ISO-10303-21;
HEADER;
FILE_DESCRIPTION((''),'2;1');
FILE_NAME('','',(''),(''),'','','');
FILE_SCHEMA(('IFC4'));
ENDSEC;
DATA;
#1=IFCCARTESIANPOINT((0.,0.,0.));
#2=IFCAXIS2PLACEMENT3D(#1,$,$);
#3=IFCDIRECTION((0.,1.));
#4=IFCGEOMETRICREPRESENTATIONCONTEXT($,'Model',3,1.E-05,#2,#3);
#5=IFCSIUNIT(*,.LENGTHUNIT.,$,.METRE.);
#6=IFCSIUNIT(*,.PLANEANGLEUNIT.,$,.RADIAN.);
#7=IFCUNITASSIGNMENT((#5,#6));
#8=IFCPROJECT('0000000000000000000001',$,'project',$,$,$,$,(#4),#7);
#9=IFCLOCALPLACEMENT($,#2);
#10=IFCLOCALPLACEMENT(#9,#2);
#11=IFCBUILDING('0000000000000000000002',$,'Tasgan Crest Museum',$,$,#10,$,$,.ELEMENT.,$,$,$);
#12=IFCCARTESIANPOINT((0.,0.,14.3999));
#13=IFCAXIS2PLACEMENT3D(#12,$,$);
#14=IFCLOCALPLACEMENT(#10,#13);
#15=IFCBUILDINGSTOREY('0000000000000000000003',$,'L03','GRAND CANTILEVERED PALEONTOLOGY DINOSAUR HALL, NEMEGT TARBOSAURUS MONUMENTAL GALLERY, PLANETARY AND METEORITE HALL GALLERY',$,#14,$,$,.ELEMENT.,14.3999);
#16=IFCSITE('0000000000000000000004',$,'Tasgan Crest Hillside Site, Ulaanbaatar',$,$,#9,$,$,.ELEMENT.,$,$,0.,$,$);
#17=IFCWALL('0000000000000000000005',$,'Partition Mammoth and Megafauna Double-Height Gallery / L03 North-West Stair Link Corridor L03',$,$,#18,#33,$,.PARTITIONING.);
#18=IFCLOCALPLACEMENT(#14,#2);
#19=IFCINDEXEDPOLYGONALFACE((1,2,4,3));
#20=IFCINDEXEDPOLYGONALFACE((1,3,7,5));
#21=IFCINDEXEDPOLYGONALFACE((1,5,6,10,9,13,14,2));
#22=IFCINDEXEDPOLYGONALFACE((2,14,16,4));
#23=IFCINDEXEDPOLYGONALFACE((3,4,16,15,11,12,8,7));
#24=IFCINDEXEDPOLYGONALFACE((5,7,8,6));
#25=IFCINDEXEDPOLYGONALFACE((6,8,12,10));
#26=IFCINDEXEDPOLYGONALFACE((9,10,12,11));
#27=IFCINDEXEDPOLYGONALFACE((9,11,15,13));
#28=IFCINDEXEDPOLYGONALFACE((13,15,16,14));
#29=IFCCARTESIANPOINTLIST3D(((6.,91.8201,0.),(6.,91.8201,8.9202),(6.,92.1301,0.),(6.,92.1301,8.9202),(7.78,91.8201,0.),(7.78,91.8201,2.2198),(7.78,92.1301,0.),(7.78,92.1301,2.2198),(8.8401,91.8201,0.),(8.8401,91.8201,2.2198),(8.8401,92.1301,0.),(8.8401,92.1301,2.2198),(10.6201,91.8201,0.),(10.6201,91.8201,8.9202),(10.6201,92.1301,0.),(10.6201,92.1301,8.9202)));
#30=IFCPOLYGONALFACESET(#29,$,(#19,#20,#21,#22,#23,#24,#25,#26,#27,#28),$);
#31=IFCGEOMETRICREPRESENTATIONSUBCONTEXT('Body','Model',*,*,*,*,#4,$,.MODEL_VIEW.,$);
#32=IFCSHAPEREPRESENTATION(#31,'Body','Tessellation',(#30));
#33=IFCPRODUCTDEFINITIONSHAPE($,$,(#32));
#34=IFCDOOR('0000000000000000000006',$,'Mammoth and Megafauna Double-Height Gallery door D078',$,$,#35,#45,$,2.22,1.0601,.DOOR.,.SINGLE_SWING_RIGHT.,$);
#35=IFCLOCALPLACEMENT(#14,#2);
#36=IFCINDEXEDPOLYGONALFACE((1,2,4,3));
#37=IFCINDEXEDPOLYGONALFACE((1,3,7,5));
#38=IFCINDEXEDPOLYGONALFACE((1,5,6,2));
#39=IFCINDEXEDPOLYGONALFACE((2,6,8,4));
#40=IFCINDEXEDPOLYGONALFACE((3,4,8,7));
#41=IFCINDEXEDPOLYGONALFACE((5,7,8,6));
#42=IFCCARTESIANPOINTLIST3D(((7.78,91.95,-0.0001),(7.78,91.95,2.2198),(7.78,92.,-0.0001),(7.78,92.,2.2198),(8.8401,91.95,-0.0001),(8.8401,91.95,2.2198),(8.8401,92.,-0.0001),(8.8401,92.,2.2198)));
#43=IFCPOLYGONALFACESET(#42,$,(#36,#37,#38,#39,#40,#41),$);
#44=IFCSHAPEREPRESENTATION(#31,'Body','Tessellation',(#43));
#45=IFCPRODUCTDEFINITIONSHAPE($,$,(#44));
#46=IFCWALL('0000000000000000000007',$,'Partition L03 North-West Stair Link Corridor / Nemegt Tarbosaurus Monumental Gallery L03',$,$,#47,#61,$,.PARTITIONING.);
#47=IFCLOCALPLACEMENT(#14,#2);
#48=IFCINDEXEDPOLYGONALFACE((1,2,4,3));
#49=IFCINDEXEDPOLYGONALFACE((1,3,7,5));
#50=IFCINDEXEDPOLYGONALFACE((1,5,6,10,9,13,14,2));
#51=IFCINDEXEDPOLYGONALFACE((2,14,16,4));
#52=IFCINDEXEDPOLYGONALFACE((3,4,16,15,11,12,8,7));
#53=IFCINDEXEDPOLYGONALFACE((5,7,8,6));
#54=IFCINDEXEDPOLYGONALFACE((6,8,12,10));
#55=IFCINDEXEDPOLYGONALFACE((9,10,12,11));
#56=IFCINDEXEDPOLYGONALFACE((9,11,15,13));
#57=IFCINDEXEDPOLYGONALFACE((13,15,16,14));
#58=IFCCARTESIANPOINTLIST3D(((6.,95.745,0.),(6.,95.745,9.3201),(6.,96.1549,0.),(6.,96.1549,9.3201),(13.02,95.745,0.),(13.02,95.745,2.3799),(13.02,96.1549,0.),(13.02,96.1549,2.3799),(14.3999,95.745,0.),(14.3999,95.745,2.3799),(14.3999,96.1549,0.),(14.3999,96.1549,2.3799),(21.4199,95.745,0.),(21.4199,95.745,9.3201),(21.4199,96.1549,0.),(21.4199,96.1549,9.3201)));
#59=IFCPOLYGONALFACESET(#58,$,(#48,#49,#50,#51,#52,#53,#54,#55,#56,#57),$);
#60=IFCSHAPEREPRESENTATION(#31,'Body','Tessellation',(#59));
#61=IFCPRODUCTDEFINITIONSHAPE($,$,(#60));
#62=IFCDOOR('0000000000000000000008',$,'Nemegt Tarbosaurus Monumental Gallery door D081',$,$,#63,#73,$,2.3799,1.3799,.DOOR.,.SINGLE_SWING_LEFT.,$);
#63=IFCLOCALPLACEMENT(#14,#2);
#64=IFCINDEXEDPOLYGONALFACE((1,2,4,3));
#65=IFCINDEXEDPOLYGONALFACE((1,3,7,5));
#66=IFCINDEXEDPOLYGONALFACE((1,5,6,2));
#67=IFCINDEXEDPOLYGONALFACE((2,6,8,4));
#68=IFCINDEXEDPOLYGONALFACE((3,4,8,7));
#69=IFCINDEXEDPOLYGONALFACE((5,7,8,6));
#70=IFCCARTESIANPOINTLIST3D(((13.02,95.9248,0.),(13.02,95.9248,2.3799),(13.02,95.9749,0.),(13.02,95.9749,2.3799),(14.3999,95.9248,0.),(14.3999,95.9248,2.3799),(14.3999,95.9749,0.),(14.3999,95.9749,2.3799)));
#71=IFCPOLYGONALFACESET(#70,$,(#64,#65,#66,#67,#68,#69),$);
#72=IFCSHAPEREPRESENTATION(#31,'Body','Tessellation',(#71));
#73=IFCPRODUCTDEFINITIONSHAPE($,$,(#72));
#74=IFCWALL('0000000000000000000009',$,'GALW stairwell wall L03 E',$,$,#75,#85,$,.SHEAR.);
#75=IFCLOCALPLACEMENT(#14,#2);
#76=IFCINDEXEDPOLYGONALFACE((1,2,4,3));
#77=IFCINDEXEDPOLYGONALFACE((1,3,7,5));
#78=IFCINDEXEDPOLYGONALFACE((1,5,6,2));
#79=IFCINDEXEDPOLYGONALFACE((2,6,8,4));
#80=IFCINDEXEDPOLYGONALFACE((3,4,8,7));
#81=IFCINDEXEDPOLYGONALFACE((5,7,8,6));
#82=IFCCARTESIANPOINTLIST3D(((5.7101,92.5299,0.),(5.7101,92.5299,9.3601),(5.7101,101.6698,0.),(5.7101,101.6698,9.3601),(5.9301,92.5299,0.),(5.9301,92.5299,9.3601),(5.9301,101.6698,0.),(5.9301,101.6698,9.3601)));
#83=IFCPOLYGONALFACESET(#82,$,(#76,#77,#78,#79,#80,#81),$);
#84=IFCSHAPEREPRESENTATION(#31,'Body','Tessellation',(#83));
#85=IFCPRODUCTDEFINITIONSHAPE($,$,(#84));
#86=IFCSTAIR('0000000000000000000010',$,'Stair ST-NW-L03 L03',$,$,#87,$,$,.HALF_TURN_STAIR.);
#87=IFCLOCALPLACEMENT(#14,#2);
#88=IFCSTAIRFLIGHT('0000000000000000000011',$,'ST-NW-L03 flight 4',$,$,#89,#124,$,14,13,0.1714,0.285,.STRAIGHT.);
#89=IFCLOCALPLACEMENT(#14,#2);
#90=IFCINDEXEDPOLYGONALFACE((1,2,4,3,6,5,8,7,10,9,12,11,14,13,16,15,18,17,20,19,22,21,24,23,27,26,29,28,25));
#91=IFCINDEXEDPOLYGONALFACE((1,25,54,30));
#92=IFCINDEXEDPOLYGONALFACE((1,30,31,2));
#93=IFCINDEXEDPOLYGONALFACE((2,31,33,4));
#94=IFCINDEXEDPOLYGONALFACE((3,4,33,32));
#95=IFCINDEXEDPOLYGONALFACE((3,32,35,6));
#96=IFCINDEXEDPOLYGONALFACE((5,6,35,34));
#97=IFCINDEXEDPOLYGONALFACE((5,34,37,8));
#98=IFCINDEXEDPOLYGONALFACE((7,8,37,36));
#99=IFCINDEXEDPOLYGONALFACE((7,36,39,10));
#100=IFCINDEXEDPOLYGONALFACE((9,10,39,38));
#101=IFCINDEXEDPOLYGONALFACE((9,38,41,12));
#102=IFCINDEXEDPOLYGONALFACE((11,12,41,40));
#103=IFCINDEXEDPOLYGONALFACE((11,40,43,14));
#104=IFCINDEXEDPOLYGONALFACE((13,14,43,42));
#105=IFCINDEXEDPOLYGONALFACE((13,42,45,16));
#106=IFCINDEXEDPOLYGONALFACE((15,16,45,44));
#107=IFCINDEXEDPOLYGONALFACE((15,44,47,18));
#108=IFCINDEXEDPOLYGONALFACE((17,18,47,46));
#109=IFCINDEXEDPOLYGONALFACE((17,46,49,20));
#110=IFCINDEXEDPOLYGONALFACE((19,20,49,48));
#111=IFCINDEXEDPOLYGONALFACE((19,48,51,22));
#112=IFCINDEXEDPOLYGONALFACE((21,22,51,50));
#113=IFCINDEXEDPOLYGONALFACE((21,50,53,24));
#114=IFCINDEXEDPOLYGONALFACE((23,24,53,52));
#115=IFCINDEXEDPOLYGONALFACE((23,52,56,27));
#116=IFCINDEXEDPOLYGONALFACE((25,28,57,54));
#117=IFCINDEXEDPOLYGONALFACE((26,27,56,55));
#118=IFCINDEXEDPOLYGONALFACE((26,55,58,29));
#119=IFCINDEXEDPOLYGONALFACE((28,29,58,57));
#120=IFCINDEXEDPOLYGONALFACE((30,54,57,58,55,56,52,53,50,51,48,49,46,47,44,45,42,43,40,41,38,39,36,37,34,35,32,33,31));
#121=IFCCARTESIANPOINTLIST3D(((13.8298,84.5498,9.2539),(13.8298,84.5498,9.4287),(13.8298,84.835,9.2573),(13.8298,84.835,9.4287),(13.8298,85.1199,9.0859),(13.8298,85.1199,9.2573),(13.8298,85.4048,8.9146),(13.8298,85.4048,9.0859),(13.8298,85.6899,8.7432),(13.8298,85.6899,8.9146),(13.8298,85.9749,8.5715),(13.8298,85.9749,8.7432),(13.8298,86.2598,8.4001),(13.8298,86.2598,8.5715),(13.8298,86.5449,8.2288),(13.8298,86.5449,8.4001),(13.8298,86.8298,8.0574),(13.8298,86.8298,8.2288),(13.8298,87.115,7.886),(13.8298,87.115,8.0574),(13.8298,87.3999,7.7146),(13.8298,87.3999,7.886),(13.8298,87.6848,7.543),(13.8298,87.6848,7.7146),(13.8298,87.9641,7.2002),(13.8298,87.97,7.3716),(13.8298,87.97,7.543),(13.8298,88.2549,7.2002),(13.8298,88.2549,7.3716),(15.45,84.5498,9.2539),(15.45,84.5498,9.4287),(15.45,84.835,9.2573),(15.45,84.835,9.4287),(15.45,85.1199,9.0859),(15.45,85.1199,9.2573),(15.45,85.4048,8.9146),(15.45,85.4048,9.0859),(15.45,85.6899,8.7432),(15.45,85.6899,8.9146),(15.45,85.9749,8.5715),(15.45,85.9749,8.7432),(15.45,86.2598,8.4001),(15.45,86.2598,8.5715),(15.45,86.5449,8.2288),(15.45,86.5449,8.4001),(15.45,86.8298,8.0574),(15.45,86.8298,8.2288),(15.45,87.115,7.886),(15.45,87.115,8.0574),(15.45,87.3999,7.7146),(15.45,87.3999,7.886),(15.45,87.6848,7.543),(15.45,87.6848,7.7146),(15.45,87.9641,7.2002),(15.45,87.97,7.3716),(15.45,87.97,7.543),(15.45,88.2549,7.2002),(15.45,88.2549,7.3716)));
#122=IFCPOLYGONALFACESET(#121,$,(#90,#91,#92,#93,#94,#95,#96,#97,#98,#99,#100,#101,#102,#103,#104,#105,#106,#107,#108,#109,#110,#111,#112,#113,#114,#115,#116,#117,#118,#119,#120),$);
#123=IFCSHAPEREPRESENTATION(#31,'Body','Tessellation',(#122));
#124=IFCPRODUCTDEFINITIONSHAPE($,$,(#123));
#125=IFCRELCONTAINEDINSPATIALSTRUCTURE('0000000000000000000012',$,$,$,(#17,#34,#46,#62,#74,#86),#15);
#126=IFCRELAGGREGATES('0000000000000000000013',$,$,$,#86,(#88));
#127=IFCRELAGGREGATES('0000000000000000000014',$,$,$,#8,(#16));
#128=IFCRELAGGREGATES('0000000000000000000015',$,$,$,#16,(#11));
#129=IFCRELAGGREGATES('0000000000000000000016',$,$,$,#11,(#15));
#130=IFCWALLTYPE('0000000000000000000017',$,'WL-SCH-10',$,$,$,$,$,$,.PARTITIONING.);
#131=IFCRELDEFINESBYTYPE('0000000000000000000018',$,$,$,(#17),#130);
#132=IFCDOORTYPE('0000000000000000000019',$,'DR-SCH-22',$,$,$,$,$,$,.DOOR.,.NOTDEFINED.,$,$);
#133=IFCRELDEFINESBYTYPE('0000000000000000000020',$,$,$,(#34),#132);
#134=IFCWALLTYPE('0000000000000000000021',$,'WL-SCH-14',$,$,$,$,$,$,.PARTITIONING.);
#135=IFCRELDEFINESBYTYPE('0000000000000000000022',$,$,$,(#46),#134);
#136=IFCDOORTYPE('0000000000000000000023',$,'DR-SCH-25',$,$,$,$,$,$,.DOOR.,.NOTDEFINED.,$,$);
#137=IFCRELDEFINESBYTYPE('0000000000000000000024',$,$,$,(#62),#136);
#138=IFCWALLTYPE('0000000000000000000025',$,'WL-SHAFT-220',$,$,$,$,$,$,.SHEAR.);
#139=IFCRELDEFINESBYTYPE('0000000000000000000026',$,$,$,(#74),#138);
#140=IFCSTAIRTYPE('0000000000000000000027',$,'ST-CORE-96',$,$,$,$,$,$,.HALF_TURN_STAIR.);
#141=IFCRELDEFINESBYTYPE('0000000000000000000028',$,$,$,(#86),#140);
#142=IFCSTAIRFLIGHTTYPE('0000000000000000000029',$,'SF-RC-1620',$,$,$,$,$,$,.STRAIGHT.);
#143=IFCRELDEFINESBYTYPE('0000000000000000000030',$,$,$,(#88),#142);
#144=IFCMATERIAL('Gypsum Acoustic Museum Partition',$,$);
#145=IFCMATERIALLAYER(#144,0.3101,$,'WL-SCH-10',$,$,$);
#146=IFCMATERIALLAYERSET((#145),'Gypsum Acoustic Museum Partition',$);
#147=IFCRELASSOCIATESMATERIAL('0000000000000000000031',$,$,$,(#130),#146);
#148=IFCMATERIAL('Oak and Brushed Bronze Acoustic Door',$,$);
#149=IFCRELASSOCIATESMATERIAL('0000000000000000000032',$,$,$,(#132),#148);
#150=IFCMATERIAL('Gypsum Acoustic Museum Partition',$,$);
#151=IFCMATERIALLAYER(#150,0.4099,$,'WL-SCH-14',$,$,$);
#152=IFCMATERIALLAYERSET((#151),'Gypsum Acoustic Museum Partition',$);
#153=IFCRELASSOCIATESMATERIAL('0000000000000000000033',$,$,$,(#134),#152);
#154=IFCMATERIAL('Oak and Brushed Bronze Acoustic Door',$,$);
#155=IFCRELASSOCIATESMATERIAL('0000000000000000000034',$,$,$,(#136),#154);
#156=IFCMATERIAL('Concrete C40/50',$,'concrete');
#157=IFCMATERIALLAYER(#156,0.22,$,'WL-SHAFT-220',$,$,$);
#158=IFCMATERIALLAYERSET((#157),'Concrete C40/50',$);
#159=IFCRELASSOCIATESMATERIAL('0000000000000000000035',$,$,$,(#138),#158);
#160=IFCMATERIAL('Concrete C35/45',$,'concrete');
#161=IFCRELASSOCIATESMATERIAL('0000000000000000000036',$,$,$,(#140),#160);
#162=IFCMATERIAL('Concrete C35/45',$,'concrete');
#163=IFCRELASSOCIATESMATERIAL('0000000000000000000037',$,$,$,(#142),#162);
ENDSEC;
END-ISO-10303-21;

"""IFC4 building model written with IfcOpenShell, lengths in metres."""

from ifc_helpers import new_model, si_unit, direction, frame, frame_2d, origin, place, context, subcontext, project, spatial, polyline, rectangle, outline, extrude, material, layer, layer_set, type_object, element, fill, aggregate, save


model = new_model("IFC4")

# Units and contexts
model_context = context("Model", 3, precision=1e-05, world=origin(), true_north=direction((0.0, 1.0)))
body_context = subcontext(model_context, "Body", "Model", "MODEL_VIEW")
ifc_project = project(units=[si_unit("LENGTHUNIT", "METRE"), si_unit("PLANEANGLEUNIT", "RADIAN")], contexts=[model_context])

# Site, building, storey
site_placement = place(None, origin())
site = spatial("IfcSite", under=ifc_project, at=site_placement, Name="Tasgan Crest Hillside Site, Ulaanbaatar", CompositionType="ELEMENT", RefElevation=0.0)
building_placement = place(site_placement, origin())
building = spatial("IfcBuilding", under=site, at=building_placement, Name="Tasgan Crest Museum", CompositionType="ELEMENT")
storey_placement = place(building_placement, frame((0.0, 0.0, 14.3999)))
storey = spatial("IfcBuildingStorey", under=building, at=storey_placement, Name="L03", Description="GRAND CANTILEVERED PALEONTOLOGY DINOSAUR HALL, NEMEGT TARBOSAURUS MONUMENTAL GALLERY, PLANETARY AND METEORITE HALL GALLERY", CompositionType="ELEMENT", Elevation=14.3999)

# Walls, openings, doors
ifc_material_1 = material(Name="Gypsum Acoustic Museum Partition")
ifc_layer_1 = layer(ifc_material_1, 0.3101, Name="WL-SCH-10")
ifc_layer_set_1 = layer_set([ifc_layer_1], Name="Gypsum Acoustic Museum Partition")
wall_type_1 = type_object("IfcWallType", Name="WL-SCH-10", PredefinedType="PARTITIONING", material=ifc_layer_set_1)
wall_1_placement = place(storey_placement, frame((6.0, 91.9751, 0.0), z_axis=(0.0, 0.0, 1.0), x_axis=(1.0, 0.0, 0.0)))
wall_1 = element("IfcWall", 1, at=wall_1_placement, inside=storey, type_object=wall_type_1, Name="Partition Mammoth and Megafauna Double-Height Gallery / L03 North-West Stair Link Corridor L03", PredefinedType="PARTITIONING", context=body_context, shape_type="SweptSolid", body=[
    extrude(rectangle(XDim=4.6201, YDim=0.3101, at=frame_2d((2.3101, 0.0))), origin(), (0.0, 0.0, 1.0), 8.9202),
])
opening_1_placement = place(wall_1_placement, frame((1.78, 0.0, 0.0)))
opening_1 = element("IfcOpeningElement", 2, at=opening_1_placement, cuts=wall_1, PredefinedType="OPENING", context=body_context, shape_type="SweptSolid", body=[
    extrude(rectangle(XDim=1.0601, YDim=2.22, at=frame_2d((0.53, 1.1099))), frame((0.0, 0.165, 0.0), z_axis=(0.0, -1.0, 0.0), x_axis=(1.0, 0.0, 0.0)), (0.0, 0.0, 1.0), 0.3301),
])
ifc_material_2 = material(Name="Oak and Brushed Bronze Acoustic Door")
door_type_1 = type_object("IfcDoorType", Name="DR-SCH-22", OperationType="NOTDEFINED", PredefinedType="DOOR", material=ifc_material_2)
door_1_placement = place(opening_1_placement, origin())
door_1 = element("IfcDoor", 3, at=door_1_placement, inside=storey, type_object=door_type_1, Name="Mammoth and Megafauna Double-Height Gallery door D078", OperationType="SINGLE_SWING_RIGHT", OverallHeight=2.22, OverallWidth=1.0601, PredefinedType="DOOR", context=body_context, shape_type="SweptSolid", body=[
    extrude(rectangle(XDim=1.0601, YDim=2.22, at=frame_2d((0.53, 1.1099))), frame((0.0, 0.0249, 0.0), z_axis=(0.0, -1.0, 0.0), x_axis=(1.0, 0.0, 0.0)), (0.0, 0.0, 1.0), 0.05),
])
fill(opening_1, door_1)
ifc_material_3 = material(Name="Gypsum Acoustic Museum Partition")
ifc_layer_2 = layer(ifc_material_3, 0.4099, Name="WL-SCH-14")
ifc_layer_set_2 = layer_set([ifc_layer_2], Name="Gypsum Acoustic Museum Partition")
wall_type_2 = type_object("IfcWallType", Name="WL-SCH-14", PredefinedType="PARTITIONING", material=ifc_layer_set_2)
wall_2_placement = place(storey_placement, frame((6.0, 95.95, 0.0), z_axis=(0.0, 0.0, 1.0), x_axis=(1.0, 0.0, 0.0)))
wall_2 = element("IfcWall", 4, at=wall_2_placement, inside=storey, type_object=wall_type_2, Name="Partition L03 North-West Stair Link Corridor / Nemegt Tarbosaurus Monumental Gallery L03", PredefinedType="PARTITIONING", context=body_context, shape_type="SweptSolid", body=[
    extrude(rectangle(XDim=15.4199, YDim=0.4099, at=frame_2d((7.71, 0.0))), origin(), (0.0, 0.0, 1.0), 9.3201),
])
opening_2_placement = place(wall_2_placement, frame((7.02, 0.0, 0.0)))
opening_2 = element("IfcOpeningElement", 5, at=opening_2_placement, cuts=wall_2, PredefinedType="OPENING", context=body_context, shape_type="SweptSolid", body=[
    extrude(rectangle(XDim=1.3799, YDim=2.3799, at=frame_2d((0.6899, 1.1899))), frame((0.0, 0.2148, 0.0), z_axis=(0.0, -1.0, 0.0), x_axis=(1.0, 0.0, 0.0)), (0.0, 0.0, 1.0), 0.4299),
])
ifc_material_4 = material(Name="Oak and Brushed Bronze Acoustic Door")
door_type_2 = type_object("IfcDoorType", Name="DR-SCH-25", OperationType="NOTDEFINED", PredefinedType="DOOR", material=ifc_material_4)
door_2_placement = place(opening_2_placement, origin())
door_2 = element("IfcDoor", 6, at=door_2_placement, inside=storey, type_object=door_type_2, Name="Nemegt Tarbosaurus Monumental Gallery door D081", OperationType="SINGLE_SWING_LEFT", OverallHeight=2.3799, OverallWidth=1.3799, PredefinedType="DOOR", context=body_context, shape_type="SweptSolid", body=[
    extrude(rectangle(XDim=1.3799, YDim=2.3799, at=frame_2d((0.6899, 1.1899))), frame((0.0, 0.0249, 0.0), z_axis=(0.0, -1.0, 0.0), x_axis=(1.0, 0.0, 0.0)), (0.0, 0.0, 1.0), 0.05),
])
fill(opening_2, door_2)

# Wall
ifc_material_5 = material(Name="Concrete C40/50", Category="concrete")
ifc_layer_3 = layer(ifc_material_5, 0.22, Name="WL-SHAFT-220")
ifc_layer_set_3 = layer_set([ifc_layer_3], Name="Concrete C40/50")
wall_type_3 = type_object("IfcWallType", Name="WL-SHAFT-220", PredefinedType="SHEAR", material=ifc_layer_set_3)
wall_3_placement = place(storey_placement, frame((5.8201, 92.53, 0.0), z_axis=(0.0, 0.0, 1.0), x_axis=(0.0, 1.0, 0.0)))
element("IfcWall", 7, at=wall_3_placement, inside=storey, type_object=wall_type_3, Name="GALW stairwell wall L03 E", PredefinedType="SHEAR", context=body_context, shape_type="SweptSolid", body=[
    extrude(rectangle(XDim=9.1399, YDim=0.22, at=frame_2d((4.5698, 0.0))), origin(), (0.0, 0.0, 1.0), 9.3601),
])

# Stair, stair flight
ifc_material_6 = material(Name="Concrete C35/45", Category="concrete")
stair_type = type_object("IfcStairType", Name="ST-CORE-96", PredefinedType="HALF_TURN_STAIR", material=ifc_material_6)
stair_placement = place(storey_placement, origin())
stair = element("IfcStair", 8, at=stair_placement, inside=storey, type_object=stair_type, Name="Stair ST-NW-L03 L03", PredefinedType="HALF_TURN_STAIR")
ifc_material_7 = material(Name="Concrete C35/45", Category="concrete")
stair_flight_type = type_object("IfcStairFlightType", Name="SF-RC-1620", PredefinedType="STRAIGHT", material=ifc_material_7)
stair_flight_placement = place(storey_placement, frame((14.6399, 88.2549, 7.2002), z_axis=(0.0, 0.0, 1.0), x_axis=(0.0, -1.0, 0.0)))
stair_flight = element("IfcStairFlight", 9, at=stair_flight_placement, type_object=stair_flight_type, Name="ST-NW-L03 flight 4", NumberOfRisers=14, NumberOfTreads=13, PredefinedType="STRAIGHT", RiserHeight=0.1714, TreadLength=0.285, context=body_context, shape_type="SweptSolid", body=[
    extrude(outline(polyline([(0.0, 0.0), (0.0, 0.1714), (0.2849, 0.1714), (0.2849, 0.3428), (0.5701, 0.3428), (0.5701, 0.5144), (0.855, 0.5144), (0.855, 0.6858), (1.1399, 0.6858), (1.1399, 0.8572), (1.425, 0.8572), (1.425, 1.0286), (1.71, 1.0286), (1.71, 1.2), (1.9951, 1.2), (1.9951, 1.3713), (2.28, 1.3713), (2.28, 1.543), (2.5649, 1.543), (2.5649, 1.7144), (2.8501, 1.7144), (2.8501, 1.8857), (3.135, 1.8857), (3.135, 2.0571), (3.4199, 2.0571), (3.4199, 2.2285), (3.7051, 2.2285), (3.7051, 2.3999), (3.7051, 2.0537), (0.2908, 0.0), (0.0, 0.0)])), frame((0.0, 0.8101, 0.0), z_axis=(0.0, -1.0, 0.0), x_axis=(1.0, 0.0, 0.0)), (0.0, 0.0, 1.0), 1.6201),
])
aggregate(stair, [stair_flight])

save(model, "model.ifc")
